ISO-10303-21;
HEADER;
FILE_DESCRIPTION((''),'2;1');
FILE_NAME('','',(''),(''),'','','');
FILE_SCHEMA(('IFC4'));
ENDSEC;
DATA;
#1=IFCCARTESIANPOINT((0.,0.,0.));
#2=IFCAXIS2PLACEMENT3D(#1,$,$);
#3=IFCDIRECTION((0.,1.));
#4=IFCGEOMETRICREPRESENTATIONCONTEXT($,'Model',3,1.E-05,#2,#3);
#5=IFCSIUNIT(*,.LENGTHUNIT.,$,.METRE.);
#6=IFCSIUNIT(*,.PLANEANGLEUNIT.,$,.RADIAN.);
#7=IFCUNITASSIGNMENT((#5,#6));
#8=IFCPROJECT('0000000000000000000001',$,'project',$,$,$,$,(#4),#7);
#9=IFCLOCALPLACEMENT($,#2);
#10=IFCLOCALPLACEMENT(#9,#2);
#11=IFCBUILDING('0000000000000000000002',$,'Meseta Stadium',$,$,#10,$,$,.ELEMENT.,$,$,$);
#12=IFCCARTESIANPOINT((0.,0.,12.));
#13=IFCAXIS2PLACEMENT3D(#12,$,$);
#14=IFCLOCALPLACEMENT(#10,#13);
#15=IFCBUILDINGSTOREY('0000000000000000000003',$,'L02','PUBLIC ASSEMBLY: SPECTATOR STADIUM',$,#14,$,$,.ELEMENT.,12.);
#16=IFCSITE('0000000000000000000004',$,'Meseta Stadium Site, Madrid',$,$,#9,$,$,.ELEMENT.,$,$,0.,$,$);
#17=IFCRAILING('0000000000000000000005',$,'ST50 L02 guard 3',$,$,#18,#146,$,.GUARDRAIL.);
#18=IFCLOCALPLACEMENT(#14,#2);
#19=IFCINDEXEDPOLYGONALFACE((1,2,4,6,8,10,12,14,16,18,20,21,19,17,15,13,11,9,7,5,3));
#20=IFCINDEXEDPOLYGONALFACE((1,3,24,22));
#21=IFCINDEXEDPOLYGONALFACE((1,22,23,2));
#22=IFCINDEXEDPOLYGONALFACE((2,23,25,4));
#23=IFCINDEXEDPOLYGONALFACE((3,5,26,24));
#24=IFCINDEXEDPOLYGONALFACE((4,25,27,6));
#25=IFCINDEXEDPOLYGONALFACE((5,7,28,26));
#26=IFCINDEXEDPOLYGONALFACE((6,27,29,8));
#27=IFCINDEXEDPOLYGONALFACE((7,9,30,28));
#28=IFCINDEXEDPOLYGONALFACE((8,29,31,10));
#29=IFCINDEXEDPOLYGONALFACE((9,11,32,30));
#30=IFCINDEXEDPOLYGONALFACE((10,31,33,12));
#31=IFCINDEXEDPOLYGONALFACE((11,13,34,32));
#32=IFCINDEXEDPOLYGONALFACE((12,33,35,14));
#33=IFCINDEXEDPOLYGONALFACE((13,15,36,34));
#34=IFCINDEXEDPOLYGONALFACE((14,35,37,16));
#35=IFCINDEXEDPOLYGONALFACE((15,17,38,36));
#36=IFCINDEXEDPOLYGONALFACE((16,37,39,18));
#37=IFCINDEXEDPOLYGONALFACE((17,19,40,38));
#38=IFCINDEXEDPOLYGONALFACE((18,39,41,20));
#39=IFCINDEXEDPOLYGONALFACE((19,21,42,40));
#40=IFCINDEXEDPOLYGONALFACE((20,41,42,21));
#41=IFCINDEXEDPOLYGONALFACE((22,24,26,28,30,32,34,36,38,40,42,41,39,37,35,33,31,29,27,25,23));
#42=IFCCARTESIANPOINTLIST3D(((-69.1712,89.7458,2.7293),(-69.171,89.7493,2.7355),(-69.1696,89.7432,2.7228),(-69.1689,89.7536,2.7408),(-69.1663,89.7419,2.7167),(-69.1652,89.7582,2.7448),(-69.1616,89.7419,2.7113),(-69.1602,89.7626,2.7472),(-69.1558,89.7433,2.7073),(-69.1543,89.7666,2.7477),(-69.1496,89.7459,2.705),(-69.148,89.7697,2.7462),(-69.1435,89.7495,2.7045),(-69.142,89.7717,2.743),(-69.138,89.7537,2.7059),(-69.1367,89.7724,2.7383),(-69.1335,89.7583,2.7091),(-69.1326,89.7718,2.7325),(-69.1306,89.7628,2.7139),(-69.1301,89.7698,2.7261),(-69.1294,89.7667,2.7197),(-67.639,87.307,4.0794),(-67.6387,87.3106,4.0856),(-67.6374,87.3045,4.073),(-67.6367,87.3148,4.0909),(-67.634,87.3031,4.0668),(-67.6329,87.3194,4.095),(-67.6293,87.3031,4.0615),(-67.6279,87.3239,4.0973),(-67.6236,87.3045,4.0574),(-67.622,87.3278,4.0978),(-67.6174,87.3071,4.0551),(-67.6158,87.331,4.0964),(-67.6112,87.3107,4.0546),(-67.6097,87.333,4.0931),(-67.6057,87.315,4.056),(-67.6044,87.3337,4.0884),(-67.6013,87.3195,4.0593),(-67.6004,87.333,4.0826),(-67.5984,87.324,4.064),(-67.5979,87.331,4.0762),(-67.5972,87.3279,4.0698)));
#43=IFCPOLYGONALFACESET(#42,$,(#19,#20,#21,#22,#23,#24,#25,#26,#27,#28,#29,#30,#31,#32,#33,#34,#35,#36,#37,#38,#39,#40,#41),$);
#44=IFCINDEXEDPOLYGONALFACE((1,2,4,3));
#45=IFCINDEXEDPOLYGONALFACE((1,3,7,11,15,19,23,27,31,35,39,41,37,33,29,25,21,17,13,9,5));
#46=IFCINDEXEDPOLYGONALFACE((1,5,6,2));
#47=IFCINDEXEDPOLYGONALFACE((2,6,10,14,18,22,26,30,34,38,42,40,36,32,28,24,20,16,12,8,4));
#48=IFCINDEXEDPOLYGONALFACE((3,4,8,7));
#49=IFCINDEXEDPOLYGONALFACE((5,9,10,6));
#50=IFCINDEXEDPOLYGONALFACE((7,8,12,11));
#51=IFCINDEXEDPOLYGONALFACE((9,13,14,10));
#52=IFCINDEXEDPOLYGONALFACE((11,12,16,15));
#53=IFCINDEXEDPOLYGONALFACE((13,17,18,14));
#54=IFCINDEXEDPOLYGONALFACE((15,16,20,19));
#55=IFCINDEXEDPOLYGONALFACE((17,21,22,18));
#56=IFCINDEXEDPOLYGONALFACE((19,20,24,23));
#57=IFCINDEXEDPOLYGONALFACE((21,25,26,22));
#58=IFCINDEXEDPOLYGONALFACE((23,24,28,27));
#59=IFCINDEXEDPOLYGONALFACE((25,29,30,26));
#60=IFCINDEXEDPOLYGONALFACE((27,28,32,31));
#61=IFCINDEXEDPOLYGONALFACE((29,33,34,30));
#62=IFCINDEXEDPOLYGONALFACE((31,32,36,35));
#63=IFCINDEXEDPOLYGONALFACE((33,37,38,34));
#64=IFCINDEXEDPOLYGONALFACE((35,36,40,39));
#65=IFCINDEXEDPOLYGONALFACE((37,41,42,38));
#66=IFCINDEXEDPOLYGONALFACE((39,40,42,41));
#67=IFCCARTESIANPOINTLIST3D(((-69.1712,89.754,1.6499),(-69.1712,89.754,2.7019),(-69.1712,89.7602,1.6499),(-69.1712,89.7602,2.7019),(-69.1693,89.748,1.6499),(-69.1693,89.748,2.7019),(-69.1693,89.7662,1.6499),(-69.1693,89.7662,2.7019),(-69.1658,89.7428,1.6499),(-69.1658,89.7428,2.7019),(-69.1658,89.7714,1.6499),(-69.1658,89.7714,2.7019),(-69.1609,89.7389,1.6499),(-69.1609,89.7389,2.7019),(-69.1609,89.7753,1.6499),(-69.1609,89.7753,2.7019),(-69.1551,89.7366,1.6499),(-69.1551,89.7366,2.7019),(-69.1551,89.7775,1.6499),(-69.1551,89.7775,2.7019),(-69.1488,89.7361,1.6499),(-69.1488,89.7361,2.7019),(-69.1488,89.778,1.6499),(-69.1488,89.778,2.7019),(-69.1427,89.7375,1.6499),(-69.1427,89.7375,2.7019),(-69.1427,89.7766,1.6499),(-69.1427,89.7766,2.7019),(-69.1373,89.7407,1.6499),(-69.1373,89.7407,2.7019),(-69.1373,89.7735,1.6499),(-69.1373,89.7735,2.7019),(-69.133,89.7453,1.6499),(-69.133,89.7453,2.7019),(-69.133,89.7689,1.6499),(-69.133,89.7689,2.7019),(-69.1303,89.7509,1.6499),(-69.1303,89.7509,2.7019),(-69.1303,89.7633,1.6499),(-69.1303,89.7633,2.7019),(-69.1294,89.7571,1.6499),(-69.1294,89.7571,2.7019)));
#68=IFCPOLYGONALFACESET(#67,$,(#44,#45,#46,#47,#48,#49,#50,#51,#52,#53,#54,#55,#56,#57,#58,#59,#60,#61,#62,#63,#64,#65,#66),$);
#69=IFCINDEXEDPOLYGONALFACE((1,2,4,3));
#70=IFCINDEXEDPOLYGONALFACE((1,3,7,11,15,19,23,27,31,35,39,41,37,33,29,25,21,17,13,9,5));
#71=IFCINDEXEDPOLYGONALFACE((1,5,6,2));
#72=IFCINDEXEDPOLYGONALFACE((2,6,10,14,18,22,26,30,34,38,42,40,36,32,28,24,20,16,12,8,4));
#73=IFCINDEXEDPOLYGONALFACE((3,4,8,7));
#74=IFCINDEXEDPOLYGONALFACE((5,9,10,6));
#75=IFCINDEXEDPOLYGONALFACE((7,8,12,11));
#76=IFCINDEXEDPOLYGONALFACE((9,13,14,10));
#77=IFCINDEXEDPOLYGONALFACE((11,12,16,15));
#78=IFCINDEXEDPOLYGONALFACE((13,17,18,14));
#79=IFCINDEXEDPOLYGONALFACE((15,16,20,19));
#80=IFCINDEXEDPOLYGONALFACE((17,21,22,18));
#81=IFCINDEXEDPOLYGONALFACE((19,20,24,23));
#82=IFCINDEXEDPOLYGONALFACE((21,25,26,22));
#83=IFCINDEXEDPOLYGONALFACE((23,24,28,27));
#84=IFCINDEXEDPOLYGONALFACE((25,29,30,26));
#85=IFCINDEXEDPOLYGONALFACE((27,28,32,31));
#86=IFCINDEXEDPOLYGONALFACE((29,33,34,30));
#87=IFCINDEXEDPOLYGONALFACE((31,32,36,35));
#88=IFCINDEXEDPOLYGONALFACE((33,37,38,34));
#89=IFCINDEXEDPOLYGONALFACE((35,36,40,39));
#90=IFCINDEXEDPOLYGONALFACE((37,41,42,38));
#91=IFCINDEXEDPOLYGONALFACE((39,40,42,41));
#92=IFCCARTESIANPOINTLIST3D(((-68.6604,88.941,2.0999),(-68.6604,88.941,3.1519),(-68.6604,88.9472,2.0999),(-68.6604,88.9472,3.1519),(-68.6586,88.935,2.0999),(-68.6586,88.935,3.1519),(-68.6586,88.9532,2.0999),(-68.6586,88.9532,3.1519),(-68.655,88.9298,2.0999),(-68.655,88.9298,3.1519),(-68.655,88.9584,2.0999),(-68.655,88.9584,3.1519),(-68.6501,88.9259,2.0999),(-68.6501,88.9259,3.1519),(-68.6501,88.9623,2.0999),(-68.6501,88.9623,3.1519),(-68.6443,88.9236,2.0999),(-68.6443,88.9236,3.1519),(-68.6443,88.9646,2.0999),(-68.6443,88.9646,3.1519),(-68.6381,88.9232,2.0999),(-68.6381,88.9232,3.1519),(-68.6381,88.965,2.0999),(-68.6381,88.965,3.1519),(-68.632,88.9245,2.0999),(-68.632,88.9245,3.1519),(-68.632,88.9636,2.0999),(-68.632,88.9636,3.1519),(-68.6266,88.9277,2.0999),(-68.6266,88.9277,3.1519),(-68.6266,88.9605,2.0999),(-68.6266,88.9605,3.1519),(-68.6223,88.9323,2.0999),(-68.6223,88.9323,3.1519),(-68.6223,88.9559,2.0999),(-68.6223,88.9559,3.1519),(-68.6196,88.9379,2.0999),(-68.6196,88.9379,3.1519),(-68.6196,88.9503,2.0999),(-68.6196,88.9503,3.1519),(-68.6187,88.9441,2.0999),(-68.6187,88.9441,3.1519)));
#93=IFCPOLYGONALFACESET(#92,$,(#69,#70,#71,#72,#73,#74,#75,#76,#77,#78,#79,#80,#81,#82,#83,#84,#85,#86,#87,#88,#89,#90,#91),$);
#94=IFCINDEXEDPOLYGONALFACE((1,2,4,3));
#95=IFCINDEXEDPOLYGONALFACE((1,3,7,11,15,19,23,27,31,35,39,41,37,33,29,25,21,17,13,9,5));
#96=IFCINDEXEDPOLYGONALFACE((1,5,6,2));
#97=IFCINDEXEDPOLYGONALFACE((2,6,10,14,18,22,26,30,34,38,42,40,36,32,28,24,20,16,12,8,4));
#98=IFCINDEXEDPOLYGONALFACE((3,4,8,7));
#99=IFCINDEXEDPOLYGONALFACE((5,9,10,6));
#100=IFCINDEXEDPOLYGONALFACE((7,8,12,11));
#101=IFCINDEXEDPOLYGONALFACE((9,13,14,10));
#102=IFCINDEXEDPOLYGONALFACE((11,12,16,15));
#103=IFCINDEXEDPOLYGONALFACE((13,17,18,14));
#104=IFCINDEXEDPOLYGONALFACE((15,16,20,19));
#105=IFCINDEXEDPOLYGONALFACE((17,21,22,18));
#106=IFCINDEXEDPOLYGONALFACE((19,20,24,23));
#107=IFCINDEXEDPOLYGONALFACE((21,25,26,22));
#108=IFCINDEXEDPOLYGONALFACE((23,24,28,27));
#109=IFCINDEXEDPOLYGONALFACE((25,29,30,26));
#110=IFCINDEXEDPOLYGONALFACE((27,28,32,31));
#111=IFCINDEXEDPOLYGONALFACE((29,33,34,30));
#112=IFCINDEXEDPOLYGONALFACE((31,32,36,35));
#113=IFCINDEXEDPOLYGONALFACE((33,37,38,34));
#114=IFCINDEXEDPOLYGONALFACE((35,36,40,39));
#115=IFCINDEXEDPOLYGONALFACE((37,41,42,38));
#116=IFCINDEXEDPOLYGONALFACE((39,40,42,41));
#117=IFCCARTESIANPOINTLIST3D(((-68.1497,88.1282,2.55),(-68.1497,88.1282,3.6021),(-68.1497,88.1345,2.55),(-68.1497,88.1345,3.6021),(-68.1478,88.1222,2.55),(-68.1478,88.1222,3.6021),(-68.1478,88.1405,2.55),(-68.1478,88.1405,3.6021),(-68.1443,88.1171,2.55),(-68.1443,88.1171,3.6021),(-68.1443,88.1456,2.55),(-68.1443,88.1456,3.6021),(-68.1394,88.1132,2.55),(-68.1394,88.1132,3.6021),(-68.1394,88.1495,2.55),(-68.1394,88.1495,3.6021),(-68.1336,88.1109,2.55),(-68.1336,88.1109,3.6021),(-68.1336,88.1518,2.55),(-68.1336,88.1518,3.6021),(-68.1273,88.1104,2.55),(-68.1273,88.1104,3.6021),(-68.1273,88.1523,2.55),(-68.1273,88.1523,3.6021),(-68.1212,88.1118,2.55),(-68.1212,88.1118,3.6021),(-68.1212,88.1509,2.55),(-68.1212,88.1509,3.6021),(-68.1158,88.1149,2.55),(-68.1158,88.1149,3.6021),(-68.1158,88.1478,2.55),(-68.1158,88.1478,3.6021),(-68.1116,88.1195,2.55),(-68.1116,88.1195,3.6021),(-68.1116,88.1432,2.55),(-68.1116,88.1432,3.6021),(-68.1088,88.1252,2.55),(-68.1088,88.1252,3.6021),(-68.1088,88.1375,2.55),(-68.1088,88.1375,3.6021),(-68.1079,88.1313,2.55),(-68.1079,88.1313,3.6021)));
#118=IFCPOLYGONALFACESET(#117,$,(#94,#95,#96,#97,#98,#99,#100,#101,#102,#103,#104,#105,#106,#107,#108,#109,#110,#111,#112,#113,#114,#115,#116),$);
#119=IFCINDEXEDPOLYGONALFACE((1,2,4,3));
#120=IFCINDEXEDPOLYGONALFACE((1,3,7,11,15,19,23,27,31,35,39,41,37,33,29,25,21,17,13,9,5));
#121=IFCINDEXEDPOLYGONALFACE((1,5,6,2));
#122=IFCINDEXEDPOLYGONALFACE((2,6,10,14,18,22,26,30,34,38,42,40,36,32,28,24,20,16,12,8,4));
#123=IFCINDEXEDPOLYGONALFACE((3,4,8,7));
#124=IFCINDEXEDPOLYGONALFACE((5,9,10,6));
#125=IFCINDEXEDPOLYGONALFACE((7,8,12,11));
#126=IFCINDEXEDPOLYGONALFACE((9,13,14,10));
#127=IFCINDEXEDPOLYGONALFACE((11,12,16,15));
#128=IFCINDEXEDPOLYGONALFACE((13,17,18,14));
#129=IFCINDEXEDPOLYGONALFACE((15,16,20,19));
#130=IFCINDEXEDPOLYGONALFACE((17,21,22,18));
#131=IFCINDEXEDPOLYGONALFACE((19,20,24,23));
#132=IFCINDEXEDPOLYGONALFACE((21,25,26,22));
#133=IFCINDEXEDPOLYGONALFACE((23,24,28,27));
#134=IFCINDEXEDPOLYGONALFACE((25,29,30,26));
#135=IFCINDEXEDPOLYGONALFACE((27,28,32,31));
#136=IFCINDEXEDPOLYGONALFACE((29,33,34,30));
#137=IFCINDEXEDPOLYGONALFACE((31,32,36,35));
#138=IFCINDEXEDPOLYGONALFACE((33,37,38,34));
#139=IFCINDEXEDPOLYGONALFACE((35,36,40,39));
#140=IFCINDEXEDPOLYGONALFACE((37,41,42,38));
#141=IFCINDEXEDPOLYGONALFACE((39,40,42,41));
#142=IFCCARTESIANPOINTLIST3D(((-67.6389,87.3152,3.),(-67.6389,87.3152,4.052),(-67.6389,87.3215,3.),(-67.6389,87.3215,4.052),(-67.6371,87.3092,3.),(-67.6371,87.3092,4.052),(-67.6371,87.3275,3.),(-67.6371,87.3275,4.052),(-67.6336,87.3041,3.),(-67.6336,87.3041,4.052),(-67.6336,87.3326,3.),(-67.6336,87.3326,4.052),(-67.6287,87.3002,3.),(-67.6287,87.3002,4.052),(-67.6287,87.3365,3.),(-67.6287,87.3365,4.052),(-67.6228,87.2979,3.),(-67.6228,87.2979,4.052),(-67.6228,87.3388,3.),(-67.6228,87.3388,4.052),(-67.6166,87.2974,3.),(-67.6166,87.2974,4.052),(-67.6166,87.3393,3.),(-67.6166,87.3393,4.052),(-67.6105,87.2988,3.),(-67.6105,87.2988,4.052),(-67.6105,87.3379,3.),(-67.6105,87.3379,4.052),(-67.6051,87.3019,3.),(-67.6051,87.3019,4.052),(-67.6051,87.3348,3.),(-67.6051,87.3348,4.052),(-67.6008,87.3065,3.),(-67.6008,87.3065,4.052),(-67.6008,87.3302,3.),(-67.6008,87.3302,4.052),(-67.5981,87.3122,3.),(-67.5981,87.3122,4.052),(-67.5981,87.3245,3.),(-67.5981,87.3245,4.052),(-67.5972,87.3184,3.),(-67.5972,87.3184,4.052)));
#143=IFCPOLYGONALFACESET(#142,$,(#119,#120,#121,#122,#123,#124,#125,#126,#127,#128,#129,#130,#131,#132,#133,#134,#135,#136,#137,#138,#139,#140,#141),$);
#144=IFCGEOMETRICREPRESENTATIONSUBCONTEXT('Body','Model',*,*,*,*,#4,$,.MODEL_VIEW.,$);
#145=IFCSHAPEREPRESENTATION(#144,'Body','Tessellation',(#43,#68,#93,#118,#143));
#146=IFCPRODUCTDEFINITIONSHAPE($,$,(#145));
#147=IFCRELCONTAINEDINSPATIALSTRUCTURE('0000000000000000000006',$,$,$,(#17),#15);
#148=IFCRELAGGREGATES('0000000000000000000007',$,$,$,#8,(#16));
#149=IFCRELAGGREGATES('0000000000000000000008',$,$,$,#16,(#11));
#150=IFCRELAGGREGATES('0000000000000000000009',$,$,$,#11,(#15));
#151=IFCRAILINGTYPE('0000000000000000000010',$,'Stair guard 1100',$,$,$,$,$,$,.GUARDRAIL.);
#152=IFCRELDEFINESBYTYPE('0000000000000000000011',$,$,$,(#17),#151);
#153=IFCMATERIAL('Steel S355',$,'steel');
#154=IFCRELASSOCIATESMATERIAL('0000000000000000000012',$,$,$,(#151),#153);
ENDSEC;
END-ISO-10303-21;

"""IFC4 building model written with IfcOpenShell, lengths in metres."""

from ifc_helpers import new_model, si_unit, direction, frame, origin, origin_2d, place, context, subcontext, project, spatial, circle, extrude, material, type_object, element, save


model = new_model("IFC4")

# Units and contexts
model_context = context("Model", 3, precision=1e-05, world=origin(), true_north=direction((0.0, 1.0)))
body_context = subcontext(model_context, "Body", "Model", "MODEL_VIEW")
ifc_project = project(units=[si_unit("LENGTHUNIT", "METRE"), si_unit("PLANEANGLEUNIT", "RADIAN")], contexts=[model_context])

# Site, building, storey
site_placement = place(None, origin())
site = spatial("IfcSite", under=ifc_project, at=site_placement, Name="Meseta Stadium Site, Madrid", CompositionType="ELEMENT", RefElevation=0.0)
building_placement = place(site_placement, origin())
building = spatial("IfcBuilding", under=site, at=building_placement, Name="Meseta Stadium", CompositionType="ELEMENT")
storey_placement = place(building_placement, frame((0.0, 0.0, 12.0)))
storey = spatial("IfcBuildingStorey", under=building, at=storey_placement, Name="L02", Description="PUBLIC ASSEMBLY: SPECTATOR STADIUM", CompositionType="ELEMENT", Elevation=12.0)

# Railing
ifc_material_1 = material(Name="Steel S355", Category="steel")
railing_type_1 = type_object("IfcRailingType", Name="Stair guard 1100", PredefinedType="GUARDRAIL", material=ifc_material_1)
railing_1_placement = place(storey_placement, frame((-69.1504, 89.7571, 1.6499)))
element("IfcRailing", 1, at=railing_1_placement, inside=storey, type_object=railing_type_1, Name="ST50 L02 guard 3", PredefinedType="GUARDRAIL", context=body_context, shape_type="SweptSolid", body=[
    extrude(circle(Radius=0.0239, at=origin_2d()), frame((0.0, 0.0, 1.0762), z_axis=(0.481703, -0.766687, 0.424445), x_axis=(0.846743, 0.532001, 0.0)), (0.0, 0.0, 1.0), 3.1809),
    extrude(circle(Radius=0.021, at=origin_2d()), origin(), (0.0, 0.0, 1.0), 1.052),
    extrude(circle(Radius=0.021, at=origin_2d()), frame((0.5107, -0.813, 0.45)), (0.0, 0.0, 1.0), 1.052),
    extrude(circle(Radius=0.021, at=origin_2d()), frame((1.0215, -1.6257, 0.9001)), (0.0, 0.0, 1.0), 1.052),
    extrude(circle(Radius=0.021, at=origin_2d()), frame((1.5322, -2.4387, 1.3501)), (0.0, 0.0, 1.0), 1.052),
])

save(model, "model.ifc")
